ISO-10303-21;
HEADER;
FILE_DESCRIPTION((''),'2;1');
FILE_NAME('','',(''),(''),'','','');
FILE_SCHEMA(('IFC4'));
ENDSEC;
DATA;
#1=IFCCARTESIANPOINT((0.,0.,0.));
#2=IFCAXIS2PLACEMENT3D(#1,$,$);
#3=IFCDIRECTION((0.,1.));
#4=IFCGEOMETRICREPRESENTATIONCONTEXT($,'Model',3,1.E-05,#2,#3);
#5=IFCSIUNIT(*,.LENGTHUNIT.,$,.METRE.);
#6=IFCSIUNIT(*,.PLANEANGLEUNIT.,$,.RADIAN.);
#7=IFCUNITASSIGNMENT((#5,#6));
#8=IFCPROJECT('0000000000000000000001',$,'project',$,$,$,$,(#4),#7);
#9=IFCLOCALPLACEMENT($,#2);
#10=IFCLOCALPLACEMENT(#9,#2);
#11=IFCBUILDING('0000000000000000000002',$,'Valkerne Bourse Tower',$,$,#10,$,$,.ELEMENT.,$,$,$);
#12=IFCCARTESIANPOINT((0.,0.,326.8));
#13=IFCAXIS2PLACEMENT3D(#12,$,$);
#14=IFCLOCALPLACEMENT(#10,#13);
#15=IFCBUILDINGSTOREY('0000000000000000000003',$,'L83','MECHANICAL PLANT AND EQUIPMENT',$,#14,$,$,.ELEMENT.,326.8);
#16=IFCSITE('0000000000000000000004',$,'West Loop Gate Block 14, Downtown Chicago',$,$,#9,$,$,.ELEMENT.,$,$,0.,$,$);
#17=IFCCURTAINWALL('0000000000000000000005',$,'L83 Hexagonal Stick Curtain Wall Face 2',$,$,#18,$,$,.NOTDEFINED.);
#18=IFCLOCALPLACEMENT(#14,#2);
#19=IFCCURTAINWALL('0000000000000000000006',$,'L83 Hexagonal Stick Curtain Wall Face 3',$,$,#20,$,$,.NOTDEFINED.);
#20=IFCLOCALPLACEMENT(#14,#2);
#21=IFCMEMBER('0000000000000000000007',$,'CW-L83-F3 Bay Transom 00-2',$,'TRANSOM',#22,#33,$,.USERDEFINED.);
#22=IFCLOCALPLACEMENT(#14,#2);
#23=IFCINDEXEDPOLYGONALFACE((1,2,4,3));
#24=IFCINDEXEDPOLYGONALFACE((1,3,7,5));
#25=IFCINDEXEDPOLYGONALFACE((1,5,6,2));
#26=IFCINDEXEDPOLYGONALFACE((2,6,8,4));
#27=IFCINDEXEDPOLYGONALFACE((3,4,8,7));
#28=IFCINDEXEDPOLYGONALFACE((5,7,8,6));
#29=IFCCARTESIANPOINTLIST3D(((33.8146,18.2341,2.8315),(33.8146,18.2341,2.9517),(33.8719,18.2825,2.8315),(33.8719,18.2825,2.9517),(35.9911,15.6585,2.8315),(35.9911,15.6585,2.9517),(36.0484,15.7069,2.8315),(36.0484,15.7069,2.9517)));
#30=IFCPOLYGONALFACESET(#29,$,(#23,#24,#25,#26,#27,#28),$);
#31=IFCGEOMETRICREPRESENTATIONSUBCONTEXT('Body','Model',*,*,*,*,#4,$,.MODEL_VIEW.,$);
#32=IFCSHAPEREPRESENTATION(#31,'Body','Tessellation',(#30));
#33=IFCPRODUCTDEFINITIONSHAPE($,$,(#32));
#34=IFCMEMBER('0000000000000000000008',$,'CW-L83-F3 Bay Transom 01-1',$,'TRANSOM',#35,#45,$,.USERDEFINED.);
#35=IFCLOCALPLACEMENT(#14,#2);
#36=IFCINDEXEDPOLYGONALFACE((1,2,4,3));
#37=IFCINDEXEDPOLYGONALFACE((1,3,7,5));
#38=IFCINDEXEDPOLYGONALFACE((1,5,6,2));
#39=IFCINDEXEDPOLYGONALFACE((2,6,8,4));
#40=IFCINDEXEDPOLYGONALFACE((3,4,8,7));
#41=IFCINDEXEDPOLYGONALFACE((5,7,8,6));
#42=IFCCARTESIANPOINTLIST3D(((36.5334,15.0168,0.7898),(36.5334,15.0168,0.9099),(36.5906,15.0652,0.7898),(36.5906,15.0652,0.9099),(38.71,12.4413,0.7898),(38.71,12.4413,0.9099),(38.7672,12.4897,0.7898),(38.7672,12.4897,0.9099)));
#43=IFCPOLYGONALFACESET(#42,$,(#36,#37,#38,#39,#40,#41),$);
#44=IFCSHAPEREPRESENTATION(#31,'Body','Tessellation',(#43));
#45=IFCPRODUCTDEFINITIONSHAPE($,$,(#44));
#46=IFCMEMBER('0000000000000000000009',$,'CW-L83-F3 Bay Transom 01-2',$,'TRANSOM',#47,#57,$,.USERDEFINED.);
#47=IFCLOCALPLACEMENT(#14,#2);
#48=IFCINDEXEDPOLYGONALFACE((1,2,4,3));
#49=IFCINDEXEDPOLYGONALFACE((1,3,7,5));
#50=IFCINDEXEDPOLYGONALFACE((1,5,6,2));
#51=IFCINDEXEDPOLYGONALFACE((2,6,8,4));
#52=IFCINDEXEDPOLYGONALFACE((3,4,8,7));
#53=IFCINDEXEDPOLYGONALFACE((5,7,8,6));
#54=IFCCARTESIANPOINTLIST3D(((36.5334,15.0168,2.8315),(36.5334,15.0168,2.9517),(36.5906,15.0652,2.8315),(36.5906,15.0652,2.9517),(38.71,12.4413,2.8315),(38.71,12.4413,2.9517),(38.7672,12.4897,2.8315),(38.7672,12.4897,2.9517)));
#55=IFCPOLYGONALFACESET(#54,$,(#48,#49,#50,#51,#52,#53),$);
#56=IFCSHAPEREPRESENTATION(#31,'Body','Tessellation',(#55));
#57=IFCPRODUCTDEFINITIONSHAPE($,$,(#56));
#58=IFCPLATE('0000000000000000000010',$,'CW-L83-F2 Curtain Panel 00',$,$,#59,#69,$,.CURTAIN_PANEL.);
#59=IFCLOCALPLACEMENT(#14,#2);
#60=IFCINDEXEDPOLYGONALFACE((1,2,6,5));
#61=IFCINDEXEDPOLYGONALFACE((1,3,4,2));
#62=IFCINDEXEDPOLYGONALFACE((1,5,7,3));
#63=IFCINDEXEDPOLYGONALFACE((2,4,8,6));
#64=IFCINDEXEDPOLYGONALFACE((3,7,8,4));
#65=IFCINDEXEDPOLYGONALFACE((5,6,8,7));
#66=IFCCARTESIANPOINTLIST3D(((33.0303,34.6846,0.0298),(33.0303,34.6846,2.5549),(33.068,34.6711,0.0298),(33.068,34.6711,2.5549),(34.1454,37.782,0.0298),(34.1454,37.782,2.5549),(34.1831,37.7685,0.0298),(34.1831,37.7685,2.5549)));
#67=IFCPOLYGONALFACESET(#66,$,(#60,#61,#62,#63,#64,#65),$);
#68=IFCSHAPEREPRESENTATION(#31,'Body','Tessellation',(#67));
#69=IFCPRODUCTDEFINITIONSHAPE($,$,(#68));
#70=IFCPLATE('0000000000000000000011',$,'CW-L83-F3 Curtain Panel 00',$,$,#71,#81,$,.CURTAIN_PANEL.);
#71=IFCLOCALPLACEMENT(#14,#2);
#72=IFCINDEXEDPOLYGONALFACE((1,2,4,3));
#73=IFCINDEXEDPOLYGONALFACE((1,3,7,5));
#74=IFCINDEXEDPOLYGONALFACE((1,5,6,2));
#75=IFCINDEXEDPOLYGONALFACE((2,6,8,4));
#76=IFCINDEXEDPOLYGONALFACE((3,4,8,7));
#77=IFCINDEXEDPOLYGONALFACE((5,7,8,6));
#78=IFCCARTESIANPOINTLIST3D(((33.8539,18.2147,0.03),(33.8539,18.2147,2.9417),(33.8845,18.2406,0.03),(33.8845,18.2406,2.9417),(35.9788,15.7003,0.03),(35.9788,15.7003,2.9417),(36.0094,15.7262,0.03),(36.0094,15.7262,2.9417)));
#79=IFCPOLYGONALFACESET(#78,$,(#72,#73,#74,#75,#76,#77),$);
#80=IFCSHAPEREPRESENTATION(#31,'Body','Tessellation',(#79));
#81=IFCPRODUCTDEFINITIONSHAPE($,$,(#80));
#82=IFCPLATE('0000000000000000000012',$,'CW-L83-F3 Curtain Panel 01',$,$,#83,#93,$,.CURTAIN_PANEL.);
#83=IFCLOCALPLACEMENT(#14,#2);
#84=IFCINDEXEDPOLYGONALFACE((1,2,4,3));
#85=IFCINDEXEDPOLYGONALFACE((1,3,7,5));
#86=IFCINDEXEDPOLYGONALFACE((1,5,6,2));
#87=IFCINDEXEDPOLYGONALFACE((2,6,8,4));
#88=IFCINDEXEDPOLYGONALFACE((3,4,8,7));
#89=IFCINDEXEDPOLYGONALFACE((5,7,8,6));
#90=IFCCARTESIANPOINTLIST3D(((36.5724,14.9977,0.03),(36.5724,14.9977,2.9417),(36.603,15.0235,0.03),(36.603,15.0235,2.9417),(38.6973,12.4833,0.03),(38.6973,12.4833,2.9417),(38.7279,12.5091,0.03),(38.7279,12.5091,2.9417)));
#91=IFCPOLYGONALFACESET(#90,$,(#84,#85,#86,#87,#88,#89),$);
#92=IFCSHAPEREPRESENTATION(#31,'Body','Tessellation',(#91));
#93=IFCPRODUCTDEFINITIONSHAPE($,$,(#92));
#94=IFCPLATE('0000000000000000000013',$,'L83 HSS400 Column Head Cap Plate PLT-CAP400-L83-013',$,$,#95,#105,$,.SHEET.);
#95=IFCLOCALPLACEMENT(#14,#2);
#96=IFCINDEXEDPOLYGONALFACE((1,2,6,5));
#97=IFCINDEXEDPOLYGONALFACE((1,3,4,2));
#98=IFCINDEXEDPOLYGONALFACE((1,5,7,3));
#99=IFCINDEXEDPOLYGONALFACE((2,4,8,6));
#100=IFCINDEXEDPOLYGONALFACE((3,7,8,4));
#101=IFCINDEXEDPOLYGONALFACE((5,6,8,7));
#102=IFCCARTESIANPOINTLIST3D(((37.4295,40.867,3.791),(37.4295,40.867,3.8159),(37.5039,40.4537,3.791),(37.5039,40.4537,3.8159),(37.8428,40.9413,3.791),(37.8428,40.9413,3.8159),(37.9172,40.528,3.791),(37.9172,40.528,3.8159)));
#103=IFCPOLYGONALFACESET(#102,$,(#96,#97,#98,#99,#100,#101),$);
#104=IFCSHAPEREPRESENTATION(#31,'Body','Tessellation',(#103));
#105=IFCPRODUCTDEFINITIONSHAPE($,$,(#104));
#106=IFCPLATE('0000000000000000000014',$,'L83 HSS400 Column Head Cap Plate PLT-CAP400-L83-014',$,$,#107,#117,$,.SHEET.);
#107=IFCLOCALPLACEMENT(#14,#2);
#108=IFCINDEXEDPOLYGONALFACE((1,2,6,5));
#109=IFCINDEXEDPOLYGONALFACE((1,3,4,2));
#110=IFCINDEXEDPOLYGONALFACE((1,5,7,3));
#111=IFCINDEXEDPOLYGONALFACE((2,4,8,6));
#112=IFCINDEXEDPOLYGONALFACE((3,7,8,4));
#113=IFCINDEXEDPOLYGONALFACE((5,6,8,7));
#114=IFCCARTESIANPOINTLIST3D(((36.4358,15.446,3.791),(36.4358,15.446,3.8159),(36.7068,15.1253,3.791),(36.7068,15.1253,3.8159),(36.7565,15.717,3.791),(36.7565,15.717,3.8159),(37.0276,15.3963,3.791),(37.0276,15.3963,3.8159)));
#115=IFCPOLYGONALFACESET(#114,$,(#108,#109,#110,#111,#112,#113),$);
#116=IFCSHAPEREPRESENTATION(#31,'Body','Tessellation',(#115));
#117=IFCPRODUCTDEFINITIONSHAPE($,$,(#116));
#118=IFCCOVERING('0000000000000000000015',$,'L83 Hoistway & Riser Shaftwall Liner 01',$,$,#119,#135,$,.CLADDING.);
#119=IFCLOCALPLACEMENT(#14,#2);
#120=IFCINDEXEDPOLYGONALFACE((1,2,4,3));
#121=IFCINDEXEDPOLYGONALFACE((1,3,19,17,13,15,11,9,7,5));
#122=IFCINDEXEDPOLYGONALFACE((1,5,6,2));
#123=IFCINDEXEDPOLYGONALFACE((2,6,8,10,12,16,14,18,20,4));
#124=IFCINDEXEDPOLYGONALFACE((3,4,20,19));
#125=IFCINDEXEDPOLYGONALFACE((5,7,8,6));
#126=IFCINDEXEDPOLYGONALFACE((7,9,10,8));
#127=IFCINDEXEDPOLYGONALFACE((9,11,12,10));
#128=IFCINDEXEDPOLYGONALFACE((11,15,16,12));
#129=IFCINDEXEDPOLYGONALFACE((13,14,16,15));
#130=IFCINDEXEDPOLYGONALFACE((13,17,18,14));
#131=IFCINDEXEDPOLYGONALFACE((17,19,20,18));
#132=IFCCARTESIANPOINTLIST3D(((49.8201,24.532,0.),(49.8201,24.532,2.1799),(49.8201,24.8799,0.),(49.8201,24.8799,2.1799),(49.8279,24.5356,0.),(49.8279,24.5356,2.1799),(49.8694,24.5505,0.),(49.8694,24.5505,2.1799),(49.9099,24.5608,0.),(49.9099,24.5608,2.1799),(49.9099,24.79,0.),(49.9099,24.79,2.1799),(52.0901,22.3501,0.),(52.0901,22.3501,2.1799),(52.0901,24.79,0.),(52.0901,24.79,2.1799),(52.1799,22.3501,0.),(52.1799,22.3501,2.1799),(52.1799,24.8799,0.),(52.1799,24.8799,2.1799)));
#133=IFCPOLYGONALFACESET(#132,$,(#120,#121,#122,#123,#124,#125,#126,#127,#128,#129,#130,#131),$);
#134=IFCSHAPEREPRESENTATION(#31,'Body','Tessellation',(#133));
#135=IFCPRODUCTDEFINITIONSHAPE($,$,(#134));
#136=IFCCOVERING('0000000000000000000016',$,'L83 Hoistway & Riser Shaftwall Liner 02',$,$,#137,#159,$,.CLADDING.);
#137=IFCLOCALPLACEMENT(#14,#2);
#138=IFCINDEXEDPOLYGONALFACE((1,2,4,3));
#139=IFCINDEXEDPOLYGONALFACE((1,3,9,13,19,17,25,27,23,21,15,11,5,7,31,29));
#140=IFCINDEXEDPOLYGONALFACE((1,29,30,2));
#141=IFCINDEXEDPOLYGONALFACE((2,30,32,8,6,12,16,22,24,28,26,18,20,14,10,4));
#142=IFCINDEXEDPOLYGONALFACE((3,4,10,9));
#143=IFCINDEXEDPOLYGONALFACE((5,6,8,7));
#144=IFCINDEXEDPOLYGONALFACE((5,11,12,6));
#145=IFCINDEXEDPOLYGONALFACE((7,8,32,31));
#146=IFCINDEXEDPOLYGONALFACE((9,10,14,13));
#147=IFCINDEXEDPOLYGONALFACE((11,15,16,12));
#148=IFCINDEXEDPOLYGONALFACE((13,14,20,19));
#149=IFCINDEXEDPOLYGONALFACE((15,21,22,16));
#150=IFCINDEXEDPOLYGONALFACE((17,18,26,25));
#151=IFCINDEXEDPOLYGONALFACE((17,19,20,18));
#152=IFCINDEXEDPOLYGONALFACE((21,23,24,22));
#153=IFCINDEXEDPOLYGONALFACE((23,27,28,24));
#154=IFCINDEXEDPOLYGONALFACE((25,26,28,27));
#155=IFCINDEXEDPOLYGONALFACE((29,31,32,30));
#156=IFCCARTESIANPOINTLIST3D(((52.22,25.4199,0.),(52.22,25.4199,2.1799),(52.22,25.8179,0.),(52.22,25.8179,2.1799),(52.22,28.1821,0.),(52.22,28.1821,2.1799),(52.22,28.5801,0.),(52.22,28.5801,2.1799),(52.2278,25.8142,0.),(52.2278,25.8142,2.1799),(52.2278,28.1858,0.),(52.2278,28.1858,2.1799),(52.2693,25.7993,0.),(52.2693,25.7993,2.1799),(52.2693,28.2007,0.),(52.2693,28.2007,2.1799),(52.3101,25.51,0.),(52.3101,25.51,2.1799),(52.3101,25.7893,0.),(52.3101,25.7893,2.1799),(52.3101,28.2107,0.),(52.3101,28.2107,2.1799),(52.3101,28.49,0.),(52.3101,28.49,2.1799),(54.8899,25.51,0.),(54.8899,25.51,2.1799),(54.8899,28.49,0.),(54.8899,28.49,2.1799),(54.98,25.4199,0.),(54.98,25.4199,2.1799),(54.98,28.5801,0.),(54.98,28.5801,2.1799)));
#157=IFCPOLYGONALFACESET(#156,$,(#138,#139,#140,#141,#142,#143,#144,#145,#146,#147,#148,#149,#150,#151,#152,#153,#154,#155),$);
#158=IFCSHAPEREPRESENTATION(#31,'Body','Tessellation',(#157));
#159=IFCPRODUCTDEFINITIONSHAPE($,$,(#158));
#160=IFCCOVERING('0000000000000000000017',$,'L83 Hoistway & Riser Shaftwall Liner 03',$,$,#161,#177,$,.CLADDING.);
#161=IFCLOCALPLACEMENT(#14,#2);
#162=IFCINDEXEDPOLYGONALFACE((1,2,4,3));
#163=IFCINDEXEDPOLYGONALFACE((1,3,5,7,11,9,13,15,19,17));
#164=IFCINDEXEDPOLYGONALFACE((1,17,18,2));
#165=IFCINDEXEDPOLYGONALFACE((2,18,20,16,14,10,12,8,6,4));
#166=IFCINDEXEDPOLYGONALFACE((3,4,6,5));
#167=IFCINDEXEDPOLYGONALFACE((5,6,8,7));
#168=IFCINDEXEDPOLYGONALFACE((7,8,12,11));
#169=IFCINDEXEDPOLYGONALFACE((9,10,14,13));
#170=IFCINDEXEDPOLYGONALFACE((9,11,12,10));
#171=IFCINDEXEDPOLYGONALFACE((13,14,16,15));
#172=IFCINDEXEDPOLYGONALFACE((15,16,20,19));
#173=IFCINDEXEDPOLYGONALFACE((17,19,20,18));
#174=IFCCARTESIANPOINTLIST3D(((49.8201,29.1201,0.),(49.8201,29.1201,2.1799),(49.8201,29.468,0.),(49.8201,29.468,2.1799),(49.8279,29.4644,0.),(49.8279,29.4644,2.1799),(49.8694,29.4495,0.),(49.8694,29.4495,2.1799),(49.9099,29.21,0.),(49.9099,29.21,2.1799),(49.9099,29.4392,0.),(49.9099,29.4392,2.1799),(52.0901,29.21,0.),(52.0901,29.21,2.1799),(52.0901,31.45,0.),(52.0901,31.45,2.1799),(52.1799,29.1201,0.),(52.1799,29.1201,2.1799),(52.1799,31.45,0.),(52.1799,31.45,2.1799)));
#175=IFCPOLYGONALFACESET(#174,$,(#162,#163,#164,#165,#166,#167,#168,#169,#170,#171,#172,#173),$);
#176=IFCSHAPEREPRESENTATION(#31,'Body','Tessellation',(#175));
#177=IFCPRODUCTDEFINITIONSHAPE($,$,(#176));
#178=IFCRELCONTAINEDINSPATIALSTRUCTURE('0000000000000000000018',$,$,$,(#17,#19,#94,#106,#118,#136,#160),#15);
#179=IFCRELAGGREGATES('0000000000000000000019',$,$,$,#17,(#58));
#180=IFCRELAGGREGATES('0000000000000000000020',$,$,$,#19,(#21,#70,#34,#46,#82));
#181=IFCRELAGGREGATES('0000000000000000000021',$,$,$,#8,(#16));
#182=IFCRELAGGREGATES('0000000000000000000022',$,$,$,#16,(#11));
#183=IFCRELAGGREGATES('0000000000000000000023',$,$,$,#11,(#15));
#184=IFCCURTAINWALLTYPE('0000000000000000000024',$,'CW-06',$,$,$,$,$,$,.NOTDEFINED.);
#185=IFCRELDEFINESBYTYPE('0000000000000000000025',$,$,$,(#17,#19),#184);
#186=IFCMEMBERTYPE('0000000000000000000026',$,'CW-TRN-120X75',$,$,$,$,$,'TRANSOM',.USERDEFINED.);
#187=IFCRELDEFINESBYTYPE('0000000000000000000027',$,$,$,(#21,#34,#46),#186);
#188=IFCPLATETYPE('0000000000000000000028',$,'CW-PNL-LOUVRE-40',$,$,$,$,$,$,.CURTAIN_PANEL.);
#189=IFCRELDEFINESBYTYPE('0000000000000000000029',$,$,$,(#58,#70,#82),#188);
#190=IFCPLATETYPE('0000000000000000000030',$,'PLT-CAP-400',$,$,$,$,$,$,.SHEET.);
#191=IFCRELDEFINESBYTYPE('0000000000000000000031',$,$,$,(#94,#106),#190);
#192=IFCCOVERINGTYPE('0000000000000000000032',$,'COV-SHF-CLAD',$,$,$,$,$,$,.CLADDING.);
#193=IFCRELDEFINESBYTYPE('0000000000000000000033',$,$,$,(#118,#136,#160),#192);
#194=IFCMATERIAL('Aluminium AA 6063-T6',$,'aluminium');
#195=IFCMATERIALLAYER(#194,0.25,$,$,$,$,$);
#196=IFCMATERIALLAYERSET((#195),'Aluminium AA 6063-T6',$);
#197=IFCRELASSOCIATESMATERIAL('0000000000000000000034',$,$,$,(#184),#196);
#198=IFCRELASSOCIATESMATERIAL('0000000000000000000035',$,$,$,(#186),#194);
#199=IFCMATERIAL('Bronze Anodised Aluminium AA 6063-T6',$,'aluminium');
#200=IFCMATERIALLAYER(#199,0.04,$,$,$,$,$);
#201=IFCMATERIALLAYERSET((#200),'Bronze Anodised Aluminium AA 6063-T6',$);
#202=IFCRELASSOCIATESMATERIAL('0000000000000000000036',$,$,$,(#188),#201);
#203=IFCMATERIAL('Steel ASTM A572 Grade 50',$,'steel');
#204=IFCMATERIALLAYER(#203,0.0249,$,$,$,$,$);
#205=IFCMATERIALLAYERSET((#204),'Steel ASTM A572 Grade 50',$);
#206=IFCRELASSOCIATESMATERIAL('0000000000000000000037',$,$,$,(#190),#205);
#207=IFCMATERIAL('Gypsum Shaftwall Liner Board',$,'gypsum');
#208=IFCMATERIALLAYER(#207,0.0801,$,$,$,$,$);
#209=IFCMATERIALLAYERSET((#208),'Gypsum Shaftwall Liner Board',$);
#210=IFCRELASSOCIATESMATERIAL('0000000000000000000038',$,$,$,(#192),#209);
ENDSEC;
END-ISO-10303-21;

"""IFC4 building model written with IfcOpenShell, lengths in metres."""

from ifc_helpers import new_model, si_unit, direction, frame, origin, origin_2d, place, context, subcontext, project, spatial, polyline, rectangle, outline, extrude, material, layer, layer_set, material_profile, profile_set, type_object, element, aggregate, save


model = new_model("IFC4")

# Units and contexts
model_context = context("Model", 3, precision=1e-05, world=origin(), true_north=direction((0.0, 1.0)))
body_context = subcontext(model_context, "Body", "Model", "MODEL_VIEW")
ifc_project = project(units=[si_unit("LENGTHUNIT", "METRE"), si_unit("PLANEANGLEUNIT", "RADIAN")], contexts=[model_context])

# Site, building, storey
site_placement = place(None, origin())
site = spatial("IfcSite", under=ifc_project, at=site_placement, Name="West Loop Gate Block 14, Downtown Chicago", CompositionType="ELEMENT", RefElevation=0.0)
building_placement = place(site_placement, origin())
building = spatial("IfcBuilding", under=site, at=building_placement, Name="Valkerne Bourse Tower", CompositionType="ELEMENT")
storey_placement = place(building_placement, frame((0.0, 0.0, 326.8)))
storey = spatial("IfcBuildingStorey", under=building, at=storey_placement, Name="L83", Description="MECHANICAL PLANT AND EQUIPMENT", CompositionType="ELEMENT", Elevation=326.8)

# Shared definitions
ifc_material_1 = material(Name="Aluminium AA 6063-T6", Category="aluminium")
ifc_layer_1 = layer(ifc_material_1, 0.25)
ifc_layer_set_1 = layer_set([ifc_layer_1], Name="Aluminium AA 6063-T6")
curtain_wall_type = type_object("IfcCurtainWallType", Name="CW-06", PredefinedType="NOTDEFINED", material=ifc_layer_set_1)

# Curtain walls
curtain_wall_1_placement = place(storey_placement, origin())
curtain_wall_1 = element("IfcCurtainWall", 1, at=curtain_wall_1_placement, inside=storey, type_object=curtain_wall_type, Name="L83 Hexagonal Stick Curtain Wall Face 2", PredefinedType="NOTDEFINED")
curtain_wall_2_placement = place(storey_placement, origin())
curtain_wall_2 = element("IfcCurtainWall", 2, at=curtain_wall_2_placement, inside=storey, type_object=curtain_wall_type, Name="L83 Hexagonal Stick Curtain Wall Face 3", PredefinedType="NOTDEFINED")

# Members
ifc_material_profile_1 = material_profile(ifc_material_1, rectangle(XDim=0.075, YDim=0.1201, at=origin_2d()), Name="CWT-75X120")
ifc_profile_set_1 = profile_set([ifc_material_profile_1], Name="Aluminium AA 6063-T6")
member_type_1 = type_object("IfcMemberType", Name="CW-TRN-120X75", ElementType="TRANSOM", PredefinedType="USERDEFINED", material=ifc_profile_set_1)
member_1_placement = place(storey_placement, frame((33.8433, 18.2583, 2.8916), z_axis=(0.645439, -0.763812, 0.0), x_axis=(0.763812, 0.645439, 0.0)))
member_1 = element("IfcMember", 3, at=member_1_placement, type_object=member_type_1, Name="CW-L83-F3 Bay Transom 00-2", ObjectType="TRANSOM", PredefinedType="USERDEFINED", context=body_context, shape_type="SweptSolid", body=[
    extrude(rectangle(XDim=0.075, YDim=0.1201, at=origin_2d()), origin(), (0.0, 0.0, 1.0), 3.3721),
])
member_2_placement = place(storey_placement, frame((36.562, 15.041, 0.8499), z_axis=(0.645475, -0.763782, 0.0), x_axis=(0.763782, 0.645475, 0.0)))
member_2 = element("IfcMember", 4, at=member_2_placement, type_object=member_type_1, Name="CW-L83-F3 Bay Transom 01-1", ObjectType="TRANSOM", PredefinedType="USERDEFINED", context=body_context, shape_type="SweptSolid", body=[
    extrude(rectangle(XDim=0.075, YDim=0.1201, at=origin_2d()), origin(), (0.0, 0.0, 1.0), 3.3721),
])
member_3_placement = place(storey_placement, frame((36.562, 15.041, 2.8916), z_axis=(0.645475, -0.763782, 0.0), x_axis=(0.763782, 0.645475, 0.0)))
member_3 = element("IfcMember", 5, at=member_3_placement, type_object=member_type_1, Name="CW-L83-F3 Bay Transom 01-2", ObjectType="TRANSOM", PredefinedType="USERDEFINED", context=body_context, shape_type="SweptSolid", body=[
    extrude(rectangle(XDim=0.075, YDim=0.1201, at=origin_2d()), origin(), (0.0, 0.0, 1.0), 3.3721),
])

# Plates
ifc_material_2 = material(Name="Bronze Anodised Aluminium AA 6063-T6", Category="aluminium")
ifc_layer_2 = layer(ifc_material_2, 0.04)
ifc_layer_set_2 = layer_set([ifc_layer_2], Name="Bronze Anodised Aluminium AA 6063-T6")
plate_type_1 = type_object("IfcPlateType", Name="CW-PNL-LOUVRE-40", PredefinedType="CURTAIN_PANEL", material=ifc_layer_set_2)
plate_1_placement = place(storey_placement, frame((33.6067, 36.2266, 0.0298), z_axis=(0.0, 0.0, 1.0), x_axis=(-0.338724, -0.940886, 0.0)))
plate_1 = element("IfcPlate", 6, at=plate_1_placement, type_object=plate_type_1, Name="CW-L83-F2 Curtain Panel 00", PredefinedType="CURTAIN_PANEL", context=body_context, shape_type="SweptSolid", body=[
    extrude(rectangle(XDim=3.292, YDim=0.04, at=origin_2d()), origin(), (0.0, 0.0, 1.0), 2.5251),
])
aggregate(curtain_wall_1, [plate_1])
plate_2_placement = place(storey_placement, frame((34.9316, 16.9705, 0.03), z_axis=(0.0, 0.0, 1.0), x_axis=(0.645463, -0.763791, 0.0)))
plate_2 = element("IfcPlate", 7, at=plate_2_placement, type_object=plate_type_1, Name="CW-L83-F3 Curtain Panel 00", PredefinedType="CURTAIN_PANEL", context=body_context, shape_type="SweptSolid", body=[
    extrude(rectangle(XDim=3.292, YDim=0.04, at=origin_2d()), origin(), (0.0, 0.0, 1.0), 2.9116),
])
plate_3_placement = place(storey_placement, frame((37.6501, 13.7534, 0.03), z_axis=(0.0, 0.0, 1.0), x_axis=(0.645463, -0.763791, 0.0)))
plate_3 = element("IfcPlate", 8, at=plate_3_placement, type_object=plate_type_1, Name="CW-L83-F3 Curtain Panel 01", PredefinedType="CURTAIN_PANEL", context=body_context, shape_type="SweptSolid", body=[
    extrude(rectangle(XDim=3.292, YDim=0.04, at=origin_2d()), origin(), (0.0, 0.0, 1.0), 2.9116),
])
aggregate(curtain_wall_2, [member_1, plate_2, member_2, member_3, plate_3])

# Plates
ifc_material_3 = material(Name="Steel ASTM A572 Grade 50", Category="steel")
ifc_layer_3 = layer(ifc_material_3, 0.0249)
ifc_layer_set_3 = layer_set([ifc_layer_3], Name="Steel ASTM A572 Grade 50")
plate_type_2 = type_object("IfcPlateType", Name="PLT-CAP-400", PredefinedType="SHEET", material=ifc_layer_set_3)
for number, where, z_axis, x_axis, name in (
    (9, (37.6733, 40.6975, 3.791), (0.0, 0.0, 1.0), (-0.984196, -0.177085, 0.0), "L83 HSS400 Column Head Cap Plate PLT-CAP400-L83-013"),
    (10, (36.7317, 15.4211, 3.791), (0.0, 0.0, 1.0), (0.645458, -0.763796, 0.0), "L83 HSS400 Column Head Cap Plate PLT-CAP400-L83-014"),
):
    element("IfcPlate", number, at=place(storey_placement, frame(where, z_axis=z_axis, x_axis=x_axis)), inside=storey, type_object=plate_type_2, Name=name, PredefinedType="SHEET", context=body_context, shape_type="SweptSolid", body=[
        extrude(rectangle(XDim=0.4199, YDim=0.4199, at=origin_2d()), origin(), (0.0, 0.0, 1.0), 0.0249),
    ])

# Coverings
ifc_material_4 = material(Name="Gypsum Shaftwall Liner Board", Category="gypsum")
ifc_layer_4 = layer(ifc_material_4, 0.0801)
ifc_layer_set_4 = layer_set([ifc_layer_4], Name="Gypsum Shaftwall Liner Board")
covering_type = type_object("IfcCoveringType", Name="COV-SHF-CLAD", PredefinedType="CLADDING", material=ifc_layer_set_4)
covering_1_placement = place(storey_placement, origin())
element("IfcCovering", 11, at=covering_1_placement, inside=storey, type_object=covering_type, Name="L83 Hoistway & Riser Shaftwall Liner 01", PredefinedType="CLADDING", context=body_context, shape_type="SweptSolid", body=[
    extrude(outline(polyline([(52.0901, 22.3501), (52.0901, 24.79), (49.9099, 24.79), (49.9099, 24.5608), (49.8694, 24.5505), (49.8279, 24.5356), (49.8201, 24.532), (49.8201, 24.8799), (52.1799, 24.8799), (52.1799, 22.3501), (52.0901, 22.3501)])), origin(), (0.0, 0.0, 1.0), 2.1799),
])
covering_2_placement = place(storey_placement, origin())
element("IfcCovering", 12, at=covering_2_placement, inside=storey, type_object=covering_type, Name="L83 Hoistway & Riser Shaftwall Liner 02", PredefinedType="CLADDING", context=body_context, shape_type="SweptSolid", body=[
    extrude(outline(polyline([(52.22, 25.8179), (52.2278, 25.8142), (52.2693, 25.7993), (52.3101, 25.7893), (52.3101, 25.51), (54.8899, 25.51), (54.8899, 28.49), (52.3101, 28.49), (52.3101, 28.2107), (52.2693, 28.2007), (52.2278, 28.1858), (52.22, 28.1821), (52.22, 28.5801), (54.98, 28.5801), (54.98, 25.4199), (52.22, 25.4199), (52.22, 25.8179)])), origin(), (0.0, 0.0, 1.0), 2.1799),
])
covering_3_placement = place(storey_placement, origin())
element("IfcCovering", 13, at=covering_3_placement, inside=storey, type_object=covering_type, Name="L83 Hoistway & Riser Shaftwall Liner 03", PredefinedType="CLADDING", context=body_context, shape_type="SweptSolid", body=[
    extrude(outline(polyline([(49.8201, 29.468), (49.8279, 29.4644), (49.8694, 29.4495), (49.9099, 29.4392), (49.9099, 29.21), (52.0901, 29.21), (52.0901, 31.45), (52.1799, 31.45), (52.1799, 29.1201), (49.8201, 29.1201), (49.8201, 29.468)])), origin(), (0.0, 0.0, 1.0), 2.1799),
])

save(model, "model.ifc")
